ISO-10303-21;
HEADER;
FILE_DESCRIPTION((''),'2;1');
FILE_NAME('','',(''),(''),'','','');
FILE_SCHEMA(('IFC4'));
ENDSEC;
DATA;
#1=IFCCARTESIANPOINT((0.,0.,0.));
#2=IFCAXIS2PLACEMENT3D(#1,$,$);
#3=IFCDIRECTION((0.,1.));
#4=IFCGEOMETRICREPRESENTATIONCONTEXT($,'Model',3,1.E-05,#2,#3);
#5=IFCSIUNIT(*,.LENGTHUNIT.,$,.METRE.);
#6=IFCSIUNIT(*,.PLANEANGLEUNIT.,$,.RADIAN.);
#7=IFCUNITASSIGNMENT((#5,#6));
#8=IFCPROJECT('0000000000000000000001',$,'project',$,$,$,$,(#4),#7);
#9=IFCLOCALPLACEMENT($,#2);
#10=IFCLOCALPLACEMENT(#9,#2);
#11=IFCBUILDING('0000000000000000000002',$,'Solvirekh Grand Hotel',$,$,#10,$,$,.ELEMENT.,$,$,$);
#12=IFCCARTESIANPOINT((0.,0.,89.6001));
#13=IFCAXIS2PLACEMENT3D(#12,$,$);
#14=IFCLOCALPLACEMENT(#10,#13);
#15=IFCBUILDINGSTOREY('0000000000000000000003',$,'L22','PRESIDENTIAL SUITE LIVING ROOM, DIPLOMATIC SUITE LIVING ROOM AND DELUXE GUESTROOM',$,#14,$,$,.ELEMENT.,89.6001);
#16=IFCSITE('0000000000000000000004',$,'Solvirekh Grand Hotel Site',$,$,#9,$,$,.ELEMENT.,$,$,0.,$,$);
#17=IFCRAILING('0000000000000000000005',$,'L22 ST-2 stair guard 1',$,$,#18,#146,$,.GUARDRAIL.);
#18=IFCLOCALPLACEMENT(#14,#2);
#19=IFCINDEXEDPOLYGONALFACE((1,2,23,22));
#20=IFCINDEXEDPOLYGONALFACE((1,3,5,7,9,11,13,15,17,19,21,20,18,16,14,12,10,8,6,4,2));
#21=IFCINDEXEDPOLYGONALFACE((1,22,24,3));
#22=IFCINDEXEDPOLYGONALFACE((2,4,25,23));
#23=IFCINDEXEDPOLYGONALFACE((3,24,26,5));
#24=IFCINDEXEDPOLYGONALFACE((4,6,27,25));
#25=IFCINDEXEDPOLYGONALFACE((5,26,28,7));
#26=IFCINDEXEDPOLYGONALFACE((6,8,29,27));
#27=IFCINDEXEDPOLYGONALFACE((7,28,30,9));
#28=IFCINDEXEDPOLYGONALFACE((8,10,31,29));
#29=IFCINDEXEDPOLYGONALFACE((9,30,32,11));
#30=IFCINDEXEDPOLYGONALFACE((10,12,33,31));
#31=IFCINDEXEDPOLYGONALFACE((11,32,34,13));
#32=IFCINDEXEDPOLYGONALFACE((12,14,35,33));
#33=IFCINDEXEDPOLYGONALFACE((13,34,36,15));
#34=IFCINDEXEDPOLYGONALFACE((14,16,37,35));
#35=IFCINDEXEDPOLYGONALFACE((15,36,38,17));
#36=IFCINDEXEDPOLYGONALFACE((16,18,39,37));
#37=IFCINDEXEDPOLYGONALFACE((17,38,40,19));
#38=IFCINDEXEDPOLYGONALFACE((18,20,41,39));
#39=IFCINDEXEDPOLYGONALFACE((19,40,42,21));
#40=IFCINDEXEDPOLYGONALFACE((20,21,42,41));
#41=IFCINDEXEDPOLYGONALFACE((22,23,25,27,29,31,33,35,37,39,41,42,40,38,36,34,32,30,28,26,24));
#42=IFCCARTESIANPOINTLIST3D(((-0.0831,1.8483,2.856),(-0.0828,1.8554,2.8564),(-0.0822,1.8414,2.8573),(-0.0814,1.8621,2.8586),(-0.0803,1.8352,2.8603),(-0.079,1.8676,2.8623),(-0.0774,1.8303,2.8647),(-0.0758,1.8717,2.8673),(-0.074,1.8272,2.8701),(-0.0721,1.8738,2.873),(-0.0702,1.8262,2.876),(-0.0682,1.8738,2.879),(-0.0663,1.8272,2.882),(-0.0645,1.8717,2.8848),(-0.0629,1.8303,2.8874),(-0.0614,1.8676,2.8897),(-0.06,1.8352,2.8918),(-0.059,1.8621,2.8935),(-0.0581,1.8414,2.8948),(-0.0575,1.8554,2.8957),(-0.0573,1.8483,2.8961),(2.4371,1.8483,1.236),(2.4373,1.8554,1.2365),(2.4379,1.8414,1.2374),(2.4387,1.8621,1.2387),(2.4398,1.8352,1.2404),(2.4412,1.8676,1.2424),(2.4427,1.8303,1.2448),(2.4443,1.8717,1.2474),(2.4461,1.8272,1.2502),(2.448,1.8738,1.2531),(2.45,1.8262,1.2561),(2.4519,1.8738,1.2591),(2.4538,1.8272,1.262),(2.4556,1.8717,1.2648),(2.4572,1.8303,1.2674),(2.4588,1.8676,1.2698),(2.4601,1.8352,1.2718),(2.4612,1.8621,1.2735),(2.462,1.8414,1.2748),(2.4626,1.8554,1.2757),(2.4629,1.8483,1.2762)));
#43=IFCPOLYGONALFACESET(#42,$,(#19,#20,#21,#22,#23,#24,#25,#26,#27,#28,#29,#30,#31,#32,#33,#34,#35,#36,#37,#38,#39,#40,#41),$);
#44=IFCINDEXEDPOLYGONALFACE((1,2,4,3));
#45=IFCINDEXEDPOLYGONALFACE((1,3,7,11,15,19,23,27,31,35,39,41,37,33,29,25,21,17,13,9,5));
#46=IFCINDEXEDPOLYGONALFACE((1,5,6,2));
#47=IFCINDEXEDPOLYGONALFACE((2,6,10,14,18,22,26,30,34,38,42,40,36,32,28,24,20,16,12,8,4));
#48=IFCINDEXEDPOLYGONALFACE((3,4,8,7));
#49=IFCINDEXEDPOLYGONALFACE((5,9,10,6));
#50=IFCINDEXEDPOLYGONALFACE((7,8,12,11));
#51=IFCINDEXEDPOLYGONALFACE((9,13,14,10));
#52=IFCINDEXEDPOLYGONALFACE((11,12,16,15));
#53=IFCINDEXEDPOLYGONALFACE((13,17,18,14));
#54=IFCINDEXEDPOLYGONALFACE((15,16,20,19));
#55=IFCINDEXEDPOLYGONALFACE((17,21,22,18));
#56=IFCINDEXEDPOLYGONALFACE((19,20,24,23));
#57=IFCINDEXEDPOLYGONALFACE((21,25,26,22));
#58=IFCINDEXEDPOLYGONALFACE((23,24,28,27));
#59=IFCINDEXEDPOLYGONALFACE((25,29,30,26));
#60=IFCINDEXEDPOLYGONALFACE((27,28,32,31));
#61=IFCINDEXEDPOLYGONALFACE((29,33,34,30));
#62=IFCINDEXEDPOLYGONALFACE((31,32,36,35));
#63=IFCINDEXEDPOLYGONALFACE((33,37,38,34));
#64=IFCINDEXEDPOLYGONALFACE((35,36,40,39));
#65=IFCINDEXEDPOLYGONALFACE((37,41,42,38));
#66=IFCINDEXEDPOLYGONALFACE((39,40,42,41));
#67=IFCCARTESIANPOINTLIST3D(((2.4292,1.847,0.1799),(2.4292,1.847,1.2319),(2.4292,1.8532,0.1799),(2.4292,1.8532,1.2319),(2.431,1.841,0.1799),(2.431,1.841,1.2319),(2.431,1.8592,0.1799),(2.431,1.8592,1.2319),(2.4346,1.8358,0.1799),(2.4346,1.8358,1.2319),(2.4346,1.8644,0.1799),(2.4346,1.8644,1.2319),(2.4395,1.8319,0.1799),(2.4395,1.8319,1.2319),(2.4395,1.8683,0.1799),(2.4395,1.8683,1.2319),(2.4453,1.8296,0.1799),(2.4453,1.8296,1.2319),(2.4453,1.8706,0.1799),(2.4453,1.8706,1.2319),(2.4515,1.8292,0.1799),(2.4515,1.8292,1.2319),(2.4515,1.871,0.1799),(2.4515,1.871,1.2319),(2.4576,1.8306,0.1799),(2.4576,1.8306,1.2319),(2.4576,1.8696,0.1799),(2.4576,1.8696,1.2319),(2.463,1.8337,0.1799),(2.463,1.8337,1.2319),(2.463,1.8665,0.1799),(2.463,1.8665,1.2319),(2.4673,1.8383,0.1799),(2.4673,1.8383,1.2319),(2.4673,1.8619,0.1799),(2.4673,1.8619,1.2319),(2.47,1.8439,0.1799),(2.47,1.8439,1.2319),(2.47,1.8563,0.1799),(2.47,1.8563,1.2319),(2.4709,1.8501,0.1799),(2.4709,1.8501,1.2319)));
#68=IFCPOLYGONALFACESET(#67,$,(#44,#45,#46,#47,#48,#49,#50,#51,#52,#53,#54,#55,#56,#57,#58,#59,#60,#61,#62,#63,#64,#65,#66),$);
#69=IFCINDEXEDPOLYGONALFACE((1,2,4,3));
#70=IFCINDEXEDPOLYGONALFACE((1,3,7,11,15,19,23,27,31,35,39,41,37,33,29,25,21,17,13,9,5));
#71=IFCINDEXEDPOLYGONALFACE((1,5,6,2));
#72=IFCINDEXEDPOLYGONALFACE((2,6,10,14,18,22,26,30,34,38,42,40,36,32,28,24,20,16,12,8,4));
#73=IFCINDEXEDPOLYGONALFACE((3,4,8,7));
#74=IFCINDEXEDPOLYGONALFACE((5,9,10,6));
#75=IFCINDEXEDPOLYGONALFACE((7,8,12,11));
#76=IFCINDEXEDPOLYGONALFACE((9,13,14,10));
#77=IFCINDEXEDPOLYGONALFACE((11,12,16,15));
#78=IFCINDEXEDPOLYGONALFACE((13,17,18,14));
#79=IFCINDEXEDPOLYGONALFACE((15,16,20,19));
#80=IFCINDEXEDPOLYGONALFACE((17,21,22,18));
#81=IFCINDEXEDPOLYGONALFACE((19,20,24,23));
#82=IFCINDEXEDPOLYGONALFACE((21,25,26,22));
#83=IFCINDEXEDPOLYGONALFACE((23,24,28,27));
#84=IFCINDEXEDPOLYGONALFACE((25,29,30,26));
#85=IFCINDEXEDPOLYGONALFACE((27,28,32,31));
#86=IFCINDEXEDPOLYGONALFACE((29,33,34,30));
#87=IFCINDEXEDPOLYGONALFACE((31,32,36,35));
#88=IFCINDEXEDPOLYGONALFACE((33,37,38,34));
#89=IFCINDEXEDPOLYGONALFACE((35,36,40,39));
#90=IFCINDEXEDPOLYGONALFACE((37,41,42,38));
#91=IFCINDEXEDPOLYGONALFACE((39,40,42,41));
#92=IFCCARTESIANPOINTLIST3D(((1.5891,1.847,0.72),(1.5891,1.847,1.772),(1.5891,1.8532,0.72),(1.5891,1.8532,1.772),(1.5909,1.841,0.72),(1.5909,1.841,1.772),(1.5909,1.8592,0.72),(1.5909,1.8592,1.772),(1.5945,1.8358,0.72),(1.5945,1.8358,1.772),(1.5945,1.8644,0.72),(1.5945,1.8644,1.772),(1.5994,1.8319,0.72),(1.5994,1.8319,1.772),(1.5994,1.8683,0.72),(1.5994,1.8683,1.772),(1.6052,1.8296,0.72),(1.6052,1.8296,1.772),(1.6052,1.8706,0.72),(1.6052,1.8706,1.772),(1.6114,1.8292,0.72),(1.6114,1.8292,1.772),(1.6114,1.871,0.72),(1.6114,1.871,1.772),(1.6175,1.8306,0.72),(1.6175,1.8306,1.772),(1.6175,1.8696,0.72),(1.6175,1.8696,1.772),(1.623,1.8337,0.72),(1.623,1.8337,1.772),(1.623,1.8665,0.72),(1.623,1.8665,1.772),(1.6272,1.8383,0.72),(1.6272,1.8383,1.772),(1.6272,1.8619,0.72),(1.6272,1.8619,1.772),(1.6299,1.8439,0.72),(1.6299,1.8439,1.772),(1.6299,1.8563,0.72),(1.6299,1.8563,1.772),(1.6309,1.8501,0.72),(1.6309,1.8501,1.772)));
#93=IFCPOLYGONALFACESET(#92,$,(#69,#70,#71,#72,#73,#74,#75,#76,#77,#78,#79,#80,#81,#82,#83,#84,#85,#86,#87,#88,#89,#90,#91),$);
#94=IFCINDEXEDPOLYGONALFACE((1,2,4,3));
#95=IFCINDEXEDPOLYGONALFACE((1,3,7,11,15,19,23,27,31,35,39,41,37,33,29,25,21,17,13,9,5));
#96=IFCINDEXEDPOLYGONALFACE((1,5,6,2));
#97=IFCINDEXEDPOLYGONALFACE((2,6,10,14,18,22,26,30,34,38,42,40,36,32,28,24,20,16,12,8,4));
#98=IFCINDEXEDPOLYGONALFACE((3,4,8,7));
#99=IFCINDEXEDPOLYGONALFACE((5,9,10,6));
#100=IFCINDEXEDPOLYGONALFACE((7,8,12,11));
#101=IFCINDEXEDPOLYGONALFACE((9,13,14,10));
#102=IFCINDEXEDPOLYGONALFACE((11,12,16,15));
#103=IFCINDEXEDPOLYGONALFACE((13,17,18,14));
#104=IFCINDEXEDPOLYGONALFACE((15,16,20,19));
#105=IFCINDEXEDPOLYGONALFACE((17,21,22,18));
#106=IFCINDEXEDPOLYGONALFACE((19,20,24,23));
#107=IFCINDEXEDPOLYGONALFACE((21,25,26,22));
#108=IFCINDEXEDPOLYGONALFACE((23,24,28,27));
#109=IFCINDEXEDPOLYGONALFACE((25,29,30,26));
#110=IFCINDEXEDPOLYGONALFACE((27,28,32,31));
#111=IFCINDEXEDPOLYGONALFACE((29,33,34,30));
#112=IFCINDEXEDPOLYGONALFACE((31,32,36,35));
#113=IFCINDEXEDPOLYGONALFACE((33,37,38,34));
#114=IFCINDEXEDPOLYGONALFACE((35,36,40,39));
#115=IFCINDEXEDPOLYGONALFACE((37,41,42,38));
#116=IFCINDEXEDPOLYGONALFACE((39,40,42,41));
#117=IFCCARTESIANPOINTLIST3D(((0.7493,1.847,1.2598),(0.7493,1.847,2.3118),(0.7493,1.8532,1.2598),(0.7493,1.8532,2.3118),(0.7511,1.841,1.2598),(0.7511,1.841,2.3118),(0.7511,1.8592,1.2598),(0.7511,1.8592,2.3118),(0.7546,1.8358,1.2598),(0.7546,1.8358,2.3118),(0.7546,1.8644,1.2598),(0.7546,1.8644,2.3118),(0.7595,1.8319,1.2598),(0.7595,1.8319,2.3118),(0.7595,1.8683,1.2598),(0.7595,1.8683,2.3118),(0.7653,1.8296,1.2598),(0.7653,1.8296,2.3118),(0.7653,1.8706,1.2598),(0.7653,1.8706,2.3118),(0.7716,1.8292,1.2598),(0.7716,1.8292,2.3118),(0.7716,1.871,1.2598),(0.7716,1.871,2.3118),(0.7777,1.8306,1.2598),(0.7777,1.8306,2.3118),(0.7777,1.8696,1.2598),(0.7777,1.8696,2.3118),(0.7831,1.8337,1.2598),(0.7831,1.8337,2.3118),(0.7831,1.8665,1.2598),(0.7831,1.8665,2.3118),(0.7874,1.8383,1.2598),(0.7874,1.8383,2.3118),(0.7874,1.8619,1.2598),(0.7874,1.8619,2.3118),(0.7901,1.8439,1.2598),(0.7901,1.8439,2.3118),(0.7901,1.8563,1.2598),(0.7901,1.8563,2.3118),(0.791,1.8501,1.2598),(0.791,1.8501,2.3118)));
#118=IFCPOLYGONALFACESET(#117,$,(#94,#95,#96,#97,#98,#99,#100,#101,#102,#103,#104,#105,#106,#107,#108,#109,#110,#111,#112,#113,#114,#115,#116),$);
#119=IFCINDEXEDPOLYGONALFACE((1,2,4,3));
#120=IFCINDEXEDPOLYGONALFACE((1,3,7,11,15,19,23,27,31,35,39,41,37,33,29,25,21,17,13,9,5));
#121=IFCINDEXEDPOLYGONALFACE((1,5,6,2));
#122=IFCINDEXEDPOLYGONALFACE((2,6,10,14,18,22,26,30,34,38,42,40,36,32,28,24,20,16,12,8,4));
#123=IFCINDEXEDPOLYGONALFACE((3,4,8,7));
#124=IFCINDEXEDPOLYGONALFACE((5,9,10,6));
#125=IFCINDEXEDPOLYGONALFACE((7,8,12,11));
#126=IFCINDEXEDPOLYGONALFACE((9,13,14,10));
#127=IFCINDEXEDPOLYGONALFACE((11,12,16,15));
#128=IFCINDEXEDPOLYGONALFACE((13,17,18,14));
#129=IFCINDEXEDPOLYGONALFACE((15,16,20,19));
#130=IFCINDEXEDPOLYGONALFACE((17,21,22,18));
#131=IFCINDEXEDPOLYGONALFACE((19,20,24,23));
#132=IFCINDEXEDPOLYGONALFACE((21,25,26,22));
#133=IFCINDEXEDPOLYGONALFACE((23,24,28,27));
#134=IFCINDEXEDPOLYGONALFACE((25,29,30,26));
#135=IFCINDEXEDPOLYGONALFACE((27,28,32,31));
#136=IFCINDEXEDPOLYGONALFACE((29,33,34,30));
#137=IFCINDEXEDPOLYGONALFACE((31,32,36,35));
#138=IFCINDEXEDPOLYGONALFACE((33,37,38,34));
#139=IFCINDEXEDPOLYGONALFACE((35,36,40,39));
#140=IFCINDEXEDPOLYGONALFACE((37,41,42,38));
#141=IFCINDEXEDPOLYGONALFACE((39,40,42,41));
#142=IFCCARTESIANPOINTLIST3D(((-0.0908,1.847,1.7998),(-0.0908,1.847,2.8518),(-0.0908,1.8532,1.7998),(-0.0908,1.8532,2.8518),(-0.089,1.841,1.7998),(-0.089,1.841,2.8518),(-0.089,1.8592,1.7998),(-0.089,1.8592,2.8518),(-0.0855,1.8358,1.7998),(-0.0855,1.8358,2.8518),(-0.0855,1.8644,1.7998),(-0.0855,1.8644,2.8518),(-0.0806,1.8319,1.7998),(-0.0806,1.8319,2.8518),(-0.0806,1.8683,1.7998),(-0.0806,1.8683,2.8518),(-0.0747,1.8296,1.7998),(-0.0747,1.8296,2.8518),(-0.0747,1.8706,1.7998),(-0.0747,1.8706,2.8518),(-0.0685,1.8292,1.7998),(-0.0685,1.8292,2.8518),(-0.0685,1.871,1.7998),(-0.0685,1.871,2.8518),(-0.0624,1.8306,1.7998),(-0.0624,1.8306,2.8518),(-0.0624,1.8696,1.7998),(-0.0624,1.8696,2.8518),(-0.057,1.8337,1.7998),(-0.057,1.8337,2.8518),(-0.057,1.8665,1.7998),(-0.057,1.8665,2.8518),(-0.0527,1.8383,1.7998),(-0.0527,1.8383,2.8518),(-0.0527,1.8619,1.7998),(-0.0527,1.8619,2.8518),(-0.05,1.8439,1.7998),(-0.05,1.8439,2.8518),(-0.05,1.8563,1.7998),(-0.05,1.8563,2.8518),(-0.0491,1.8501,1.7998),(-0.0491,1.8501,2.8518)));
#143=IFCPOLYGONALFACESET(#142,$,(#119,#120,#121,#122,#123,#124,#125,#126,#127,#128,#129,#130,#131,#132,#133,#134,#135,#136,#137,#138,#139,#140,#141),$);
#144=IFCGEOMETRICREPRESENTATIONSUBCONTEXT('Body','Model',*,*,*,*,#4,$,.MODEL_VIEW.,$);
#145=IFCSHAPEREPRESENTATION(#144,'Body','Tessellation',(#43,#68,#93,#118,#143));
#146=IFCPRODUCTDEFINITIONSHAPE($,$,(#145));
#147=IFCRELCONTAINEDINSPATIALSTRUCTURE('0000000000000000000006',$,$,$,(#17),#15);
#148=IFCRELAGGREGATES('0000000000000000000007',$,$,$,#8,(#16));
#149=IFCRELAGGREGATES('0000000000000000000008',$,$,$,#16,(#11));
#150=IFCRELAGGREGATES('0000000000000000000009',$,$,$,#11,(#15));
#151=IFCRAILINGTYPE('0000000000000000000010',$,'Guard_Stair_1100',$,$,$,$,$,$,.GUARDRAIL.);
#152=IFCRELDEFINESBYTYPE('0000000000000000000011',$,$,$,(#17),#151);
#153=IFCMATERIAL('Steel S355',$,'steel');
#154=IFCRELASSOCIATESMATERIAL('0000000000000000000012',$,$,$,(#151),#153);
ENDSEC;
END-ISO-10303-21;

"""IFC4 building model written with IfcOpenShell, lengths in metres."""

from ifc_helpers import new_model, si_unit, direction, frame, origin, origin_2d, place, context, subcontext, project, spatial, circle, extrude, material, type_object, element, save


model = new_model("IFC4")

# Units and contexts
model_context = context("Model", 3, precision=1e-05, world=origin(), true_north=direction((0.0, 1.0)))
body_context = subcontext(model_context, "Body", "Model", "MODEL_VIEW")
ifc_project = project(units=[si_unit("LENGTHUNIT", "METRE"), si_unit("PLANEANGLEUNIT", "RADIAN")], contexts=[model_context])

# Site, building, storey
site_placement = place(None, origin())
site = spatial("IfcSite", under=ifc_project, at=site_placement, Name="Solvirekh Grand Hotel Site", CompositionType="ELEMENT", RefElevation=0.0)
building_placement = place(site_placement, origin())
building = spatial("IfcBuilding", under=site, at=building_placement, Name="Solvirekh Grand Hotel", CompositionType="ELEMENT")
storey_placement = place(building_placement, frame((0.0, 0.0, 89.6001)))
storey = spatial("IfcBuildingStorey", under=building, at=storey_placement, Name="L22", Description="PRESIDENTIAL SUITE LIVING ROOM, DIPLOMATIC SUITE LIVING ROOM AND DELUXE GUESTROOM", CompositionType="ELEMENT", Elevation=89.6001)

# Railing
ifc_material_1 = material(Name="Steel S355", Category="steel")
railing_type_1 = type_object("IfcRailingType", Name="Guard_Stair_1100", PredefinedType="GUARDRAIL", material=ifc_material_1)
railing_1_placement = place(storey_placement, frame((2.45, 1.8501, 0.1799)))
element("IfcRailing", 1, at=railing_1_placement, inside=storey, type_object=railing_type_1, Name="L22 ST-2 stair guard 1", PredefinedType="GUARDRAIL", context=body_context, shape_type="SweptSolid", body=[
    extrude(circle(Radius=0.0239, at=origin_2d()), frame((0.0, 0.0, 1.0762), z_axis=(-0.8412, 0.0, 0.540725), x_axis=(0.0, -1.0, 0.0)), (0.0, 0.0, 1.0), 2.9958),
    extrude(circle(Radius=0.021, at=origin_2d()), origin(), (0.0, 0.0, 1.0), 1.052),
    extrude(circle(Radius=0.021, at=origin_2d()), frame((-0.8401, 0.0, 0.54)), (0.0, 0.0, 1.0), 1.052),
    extrude(circle(Radius=0.021, at=origin_2d()), frame((-1.6799, 0.0, 1.0798)), (0.0, 0.0, 1.0), 1.052),
    extrude(circle(Radius=0.021, at=origin_2d()), frame((-2.52, 0.0, 1.6199)), (0.0, 0.0, 1.0), 1.052),
])

save(model, "model.ifc")
